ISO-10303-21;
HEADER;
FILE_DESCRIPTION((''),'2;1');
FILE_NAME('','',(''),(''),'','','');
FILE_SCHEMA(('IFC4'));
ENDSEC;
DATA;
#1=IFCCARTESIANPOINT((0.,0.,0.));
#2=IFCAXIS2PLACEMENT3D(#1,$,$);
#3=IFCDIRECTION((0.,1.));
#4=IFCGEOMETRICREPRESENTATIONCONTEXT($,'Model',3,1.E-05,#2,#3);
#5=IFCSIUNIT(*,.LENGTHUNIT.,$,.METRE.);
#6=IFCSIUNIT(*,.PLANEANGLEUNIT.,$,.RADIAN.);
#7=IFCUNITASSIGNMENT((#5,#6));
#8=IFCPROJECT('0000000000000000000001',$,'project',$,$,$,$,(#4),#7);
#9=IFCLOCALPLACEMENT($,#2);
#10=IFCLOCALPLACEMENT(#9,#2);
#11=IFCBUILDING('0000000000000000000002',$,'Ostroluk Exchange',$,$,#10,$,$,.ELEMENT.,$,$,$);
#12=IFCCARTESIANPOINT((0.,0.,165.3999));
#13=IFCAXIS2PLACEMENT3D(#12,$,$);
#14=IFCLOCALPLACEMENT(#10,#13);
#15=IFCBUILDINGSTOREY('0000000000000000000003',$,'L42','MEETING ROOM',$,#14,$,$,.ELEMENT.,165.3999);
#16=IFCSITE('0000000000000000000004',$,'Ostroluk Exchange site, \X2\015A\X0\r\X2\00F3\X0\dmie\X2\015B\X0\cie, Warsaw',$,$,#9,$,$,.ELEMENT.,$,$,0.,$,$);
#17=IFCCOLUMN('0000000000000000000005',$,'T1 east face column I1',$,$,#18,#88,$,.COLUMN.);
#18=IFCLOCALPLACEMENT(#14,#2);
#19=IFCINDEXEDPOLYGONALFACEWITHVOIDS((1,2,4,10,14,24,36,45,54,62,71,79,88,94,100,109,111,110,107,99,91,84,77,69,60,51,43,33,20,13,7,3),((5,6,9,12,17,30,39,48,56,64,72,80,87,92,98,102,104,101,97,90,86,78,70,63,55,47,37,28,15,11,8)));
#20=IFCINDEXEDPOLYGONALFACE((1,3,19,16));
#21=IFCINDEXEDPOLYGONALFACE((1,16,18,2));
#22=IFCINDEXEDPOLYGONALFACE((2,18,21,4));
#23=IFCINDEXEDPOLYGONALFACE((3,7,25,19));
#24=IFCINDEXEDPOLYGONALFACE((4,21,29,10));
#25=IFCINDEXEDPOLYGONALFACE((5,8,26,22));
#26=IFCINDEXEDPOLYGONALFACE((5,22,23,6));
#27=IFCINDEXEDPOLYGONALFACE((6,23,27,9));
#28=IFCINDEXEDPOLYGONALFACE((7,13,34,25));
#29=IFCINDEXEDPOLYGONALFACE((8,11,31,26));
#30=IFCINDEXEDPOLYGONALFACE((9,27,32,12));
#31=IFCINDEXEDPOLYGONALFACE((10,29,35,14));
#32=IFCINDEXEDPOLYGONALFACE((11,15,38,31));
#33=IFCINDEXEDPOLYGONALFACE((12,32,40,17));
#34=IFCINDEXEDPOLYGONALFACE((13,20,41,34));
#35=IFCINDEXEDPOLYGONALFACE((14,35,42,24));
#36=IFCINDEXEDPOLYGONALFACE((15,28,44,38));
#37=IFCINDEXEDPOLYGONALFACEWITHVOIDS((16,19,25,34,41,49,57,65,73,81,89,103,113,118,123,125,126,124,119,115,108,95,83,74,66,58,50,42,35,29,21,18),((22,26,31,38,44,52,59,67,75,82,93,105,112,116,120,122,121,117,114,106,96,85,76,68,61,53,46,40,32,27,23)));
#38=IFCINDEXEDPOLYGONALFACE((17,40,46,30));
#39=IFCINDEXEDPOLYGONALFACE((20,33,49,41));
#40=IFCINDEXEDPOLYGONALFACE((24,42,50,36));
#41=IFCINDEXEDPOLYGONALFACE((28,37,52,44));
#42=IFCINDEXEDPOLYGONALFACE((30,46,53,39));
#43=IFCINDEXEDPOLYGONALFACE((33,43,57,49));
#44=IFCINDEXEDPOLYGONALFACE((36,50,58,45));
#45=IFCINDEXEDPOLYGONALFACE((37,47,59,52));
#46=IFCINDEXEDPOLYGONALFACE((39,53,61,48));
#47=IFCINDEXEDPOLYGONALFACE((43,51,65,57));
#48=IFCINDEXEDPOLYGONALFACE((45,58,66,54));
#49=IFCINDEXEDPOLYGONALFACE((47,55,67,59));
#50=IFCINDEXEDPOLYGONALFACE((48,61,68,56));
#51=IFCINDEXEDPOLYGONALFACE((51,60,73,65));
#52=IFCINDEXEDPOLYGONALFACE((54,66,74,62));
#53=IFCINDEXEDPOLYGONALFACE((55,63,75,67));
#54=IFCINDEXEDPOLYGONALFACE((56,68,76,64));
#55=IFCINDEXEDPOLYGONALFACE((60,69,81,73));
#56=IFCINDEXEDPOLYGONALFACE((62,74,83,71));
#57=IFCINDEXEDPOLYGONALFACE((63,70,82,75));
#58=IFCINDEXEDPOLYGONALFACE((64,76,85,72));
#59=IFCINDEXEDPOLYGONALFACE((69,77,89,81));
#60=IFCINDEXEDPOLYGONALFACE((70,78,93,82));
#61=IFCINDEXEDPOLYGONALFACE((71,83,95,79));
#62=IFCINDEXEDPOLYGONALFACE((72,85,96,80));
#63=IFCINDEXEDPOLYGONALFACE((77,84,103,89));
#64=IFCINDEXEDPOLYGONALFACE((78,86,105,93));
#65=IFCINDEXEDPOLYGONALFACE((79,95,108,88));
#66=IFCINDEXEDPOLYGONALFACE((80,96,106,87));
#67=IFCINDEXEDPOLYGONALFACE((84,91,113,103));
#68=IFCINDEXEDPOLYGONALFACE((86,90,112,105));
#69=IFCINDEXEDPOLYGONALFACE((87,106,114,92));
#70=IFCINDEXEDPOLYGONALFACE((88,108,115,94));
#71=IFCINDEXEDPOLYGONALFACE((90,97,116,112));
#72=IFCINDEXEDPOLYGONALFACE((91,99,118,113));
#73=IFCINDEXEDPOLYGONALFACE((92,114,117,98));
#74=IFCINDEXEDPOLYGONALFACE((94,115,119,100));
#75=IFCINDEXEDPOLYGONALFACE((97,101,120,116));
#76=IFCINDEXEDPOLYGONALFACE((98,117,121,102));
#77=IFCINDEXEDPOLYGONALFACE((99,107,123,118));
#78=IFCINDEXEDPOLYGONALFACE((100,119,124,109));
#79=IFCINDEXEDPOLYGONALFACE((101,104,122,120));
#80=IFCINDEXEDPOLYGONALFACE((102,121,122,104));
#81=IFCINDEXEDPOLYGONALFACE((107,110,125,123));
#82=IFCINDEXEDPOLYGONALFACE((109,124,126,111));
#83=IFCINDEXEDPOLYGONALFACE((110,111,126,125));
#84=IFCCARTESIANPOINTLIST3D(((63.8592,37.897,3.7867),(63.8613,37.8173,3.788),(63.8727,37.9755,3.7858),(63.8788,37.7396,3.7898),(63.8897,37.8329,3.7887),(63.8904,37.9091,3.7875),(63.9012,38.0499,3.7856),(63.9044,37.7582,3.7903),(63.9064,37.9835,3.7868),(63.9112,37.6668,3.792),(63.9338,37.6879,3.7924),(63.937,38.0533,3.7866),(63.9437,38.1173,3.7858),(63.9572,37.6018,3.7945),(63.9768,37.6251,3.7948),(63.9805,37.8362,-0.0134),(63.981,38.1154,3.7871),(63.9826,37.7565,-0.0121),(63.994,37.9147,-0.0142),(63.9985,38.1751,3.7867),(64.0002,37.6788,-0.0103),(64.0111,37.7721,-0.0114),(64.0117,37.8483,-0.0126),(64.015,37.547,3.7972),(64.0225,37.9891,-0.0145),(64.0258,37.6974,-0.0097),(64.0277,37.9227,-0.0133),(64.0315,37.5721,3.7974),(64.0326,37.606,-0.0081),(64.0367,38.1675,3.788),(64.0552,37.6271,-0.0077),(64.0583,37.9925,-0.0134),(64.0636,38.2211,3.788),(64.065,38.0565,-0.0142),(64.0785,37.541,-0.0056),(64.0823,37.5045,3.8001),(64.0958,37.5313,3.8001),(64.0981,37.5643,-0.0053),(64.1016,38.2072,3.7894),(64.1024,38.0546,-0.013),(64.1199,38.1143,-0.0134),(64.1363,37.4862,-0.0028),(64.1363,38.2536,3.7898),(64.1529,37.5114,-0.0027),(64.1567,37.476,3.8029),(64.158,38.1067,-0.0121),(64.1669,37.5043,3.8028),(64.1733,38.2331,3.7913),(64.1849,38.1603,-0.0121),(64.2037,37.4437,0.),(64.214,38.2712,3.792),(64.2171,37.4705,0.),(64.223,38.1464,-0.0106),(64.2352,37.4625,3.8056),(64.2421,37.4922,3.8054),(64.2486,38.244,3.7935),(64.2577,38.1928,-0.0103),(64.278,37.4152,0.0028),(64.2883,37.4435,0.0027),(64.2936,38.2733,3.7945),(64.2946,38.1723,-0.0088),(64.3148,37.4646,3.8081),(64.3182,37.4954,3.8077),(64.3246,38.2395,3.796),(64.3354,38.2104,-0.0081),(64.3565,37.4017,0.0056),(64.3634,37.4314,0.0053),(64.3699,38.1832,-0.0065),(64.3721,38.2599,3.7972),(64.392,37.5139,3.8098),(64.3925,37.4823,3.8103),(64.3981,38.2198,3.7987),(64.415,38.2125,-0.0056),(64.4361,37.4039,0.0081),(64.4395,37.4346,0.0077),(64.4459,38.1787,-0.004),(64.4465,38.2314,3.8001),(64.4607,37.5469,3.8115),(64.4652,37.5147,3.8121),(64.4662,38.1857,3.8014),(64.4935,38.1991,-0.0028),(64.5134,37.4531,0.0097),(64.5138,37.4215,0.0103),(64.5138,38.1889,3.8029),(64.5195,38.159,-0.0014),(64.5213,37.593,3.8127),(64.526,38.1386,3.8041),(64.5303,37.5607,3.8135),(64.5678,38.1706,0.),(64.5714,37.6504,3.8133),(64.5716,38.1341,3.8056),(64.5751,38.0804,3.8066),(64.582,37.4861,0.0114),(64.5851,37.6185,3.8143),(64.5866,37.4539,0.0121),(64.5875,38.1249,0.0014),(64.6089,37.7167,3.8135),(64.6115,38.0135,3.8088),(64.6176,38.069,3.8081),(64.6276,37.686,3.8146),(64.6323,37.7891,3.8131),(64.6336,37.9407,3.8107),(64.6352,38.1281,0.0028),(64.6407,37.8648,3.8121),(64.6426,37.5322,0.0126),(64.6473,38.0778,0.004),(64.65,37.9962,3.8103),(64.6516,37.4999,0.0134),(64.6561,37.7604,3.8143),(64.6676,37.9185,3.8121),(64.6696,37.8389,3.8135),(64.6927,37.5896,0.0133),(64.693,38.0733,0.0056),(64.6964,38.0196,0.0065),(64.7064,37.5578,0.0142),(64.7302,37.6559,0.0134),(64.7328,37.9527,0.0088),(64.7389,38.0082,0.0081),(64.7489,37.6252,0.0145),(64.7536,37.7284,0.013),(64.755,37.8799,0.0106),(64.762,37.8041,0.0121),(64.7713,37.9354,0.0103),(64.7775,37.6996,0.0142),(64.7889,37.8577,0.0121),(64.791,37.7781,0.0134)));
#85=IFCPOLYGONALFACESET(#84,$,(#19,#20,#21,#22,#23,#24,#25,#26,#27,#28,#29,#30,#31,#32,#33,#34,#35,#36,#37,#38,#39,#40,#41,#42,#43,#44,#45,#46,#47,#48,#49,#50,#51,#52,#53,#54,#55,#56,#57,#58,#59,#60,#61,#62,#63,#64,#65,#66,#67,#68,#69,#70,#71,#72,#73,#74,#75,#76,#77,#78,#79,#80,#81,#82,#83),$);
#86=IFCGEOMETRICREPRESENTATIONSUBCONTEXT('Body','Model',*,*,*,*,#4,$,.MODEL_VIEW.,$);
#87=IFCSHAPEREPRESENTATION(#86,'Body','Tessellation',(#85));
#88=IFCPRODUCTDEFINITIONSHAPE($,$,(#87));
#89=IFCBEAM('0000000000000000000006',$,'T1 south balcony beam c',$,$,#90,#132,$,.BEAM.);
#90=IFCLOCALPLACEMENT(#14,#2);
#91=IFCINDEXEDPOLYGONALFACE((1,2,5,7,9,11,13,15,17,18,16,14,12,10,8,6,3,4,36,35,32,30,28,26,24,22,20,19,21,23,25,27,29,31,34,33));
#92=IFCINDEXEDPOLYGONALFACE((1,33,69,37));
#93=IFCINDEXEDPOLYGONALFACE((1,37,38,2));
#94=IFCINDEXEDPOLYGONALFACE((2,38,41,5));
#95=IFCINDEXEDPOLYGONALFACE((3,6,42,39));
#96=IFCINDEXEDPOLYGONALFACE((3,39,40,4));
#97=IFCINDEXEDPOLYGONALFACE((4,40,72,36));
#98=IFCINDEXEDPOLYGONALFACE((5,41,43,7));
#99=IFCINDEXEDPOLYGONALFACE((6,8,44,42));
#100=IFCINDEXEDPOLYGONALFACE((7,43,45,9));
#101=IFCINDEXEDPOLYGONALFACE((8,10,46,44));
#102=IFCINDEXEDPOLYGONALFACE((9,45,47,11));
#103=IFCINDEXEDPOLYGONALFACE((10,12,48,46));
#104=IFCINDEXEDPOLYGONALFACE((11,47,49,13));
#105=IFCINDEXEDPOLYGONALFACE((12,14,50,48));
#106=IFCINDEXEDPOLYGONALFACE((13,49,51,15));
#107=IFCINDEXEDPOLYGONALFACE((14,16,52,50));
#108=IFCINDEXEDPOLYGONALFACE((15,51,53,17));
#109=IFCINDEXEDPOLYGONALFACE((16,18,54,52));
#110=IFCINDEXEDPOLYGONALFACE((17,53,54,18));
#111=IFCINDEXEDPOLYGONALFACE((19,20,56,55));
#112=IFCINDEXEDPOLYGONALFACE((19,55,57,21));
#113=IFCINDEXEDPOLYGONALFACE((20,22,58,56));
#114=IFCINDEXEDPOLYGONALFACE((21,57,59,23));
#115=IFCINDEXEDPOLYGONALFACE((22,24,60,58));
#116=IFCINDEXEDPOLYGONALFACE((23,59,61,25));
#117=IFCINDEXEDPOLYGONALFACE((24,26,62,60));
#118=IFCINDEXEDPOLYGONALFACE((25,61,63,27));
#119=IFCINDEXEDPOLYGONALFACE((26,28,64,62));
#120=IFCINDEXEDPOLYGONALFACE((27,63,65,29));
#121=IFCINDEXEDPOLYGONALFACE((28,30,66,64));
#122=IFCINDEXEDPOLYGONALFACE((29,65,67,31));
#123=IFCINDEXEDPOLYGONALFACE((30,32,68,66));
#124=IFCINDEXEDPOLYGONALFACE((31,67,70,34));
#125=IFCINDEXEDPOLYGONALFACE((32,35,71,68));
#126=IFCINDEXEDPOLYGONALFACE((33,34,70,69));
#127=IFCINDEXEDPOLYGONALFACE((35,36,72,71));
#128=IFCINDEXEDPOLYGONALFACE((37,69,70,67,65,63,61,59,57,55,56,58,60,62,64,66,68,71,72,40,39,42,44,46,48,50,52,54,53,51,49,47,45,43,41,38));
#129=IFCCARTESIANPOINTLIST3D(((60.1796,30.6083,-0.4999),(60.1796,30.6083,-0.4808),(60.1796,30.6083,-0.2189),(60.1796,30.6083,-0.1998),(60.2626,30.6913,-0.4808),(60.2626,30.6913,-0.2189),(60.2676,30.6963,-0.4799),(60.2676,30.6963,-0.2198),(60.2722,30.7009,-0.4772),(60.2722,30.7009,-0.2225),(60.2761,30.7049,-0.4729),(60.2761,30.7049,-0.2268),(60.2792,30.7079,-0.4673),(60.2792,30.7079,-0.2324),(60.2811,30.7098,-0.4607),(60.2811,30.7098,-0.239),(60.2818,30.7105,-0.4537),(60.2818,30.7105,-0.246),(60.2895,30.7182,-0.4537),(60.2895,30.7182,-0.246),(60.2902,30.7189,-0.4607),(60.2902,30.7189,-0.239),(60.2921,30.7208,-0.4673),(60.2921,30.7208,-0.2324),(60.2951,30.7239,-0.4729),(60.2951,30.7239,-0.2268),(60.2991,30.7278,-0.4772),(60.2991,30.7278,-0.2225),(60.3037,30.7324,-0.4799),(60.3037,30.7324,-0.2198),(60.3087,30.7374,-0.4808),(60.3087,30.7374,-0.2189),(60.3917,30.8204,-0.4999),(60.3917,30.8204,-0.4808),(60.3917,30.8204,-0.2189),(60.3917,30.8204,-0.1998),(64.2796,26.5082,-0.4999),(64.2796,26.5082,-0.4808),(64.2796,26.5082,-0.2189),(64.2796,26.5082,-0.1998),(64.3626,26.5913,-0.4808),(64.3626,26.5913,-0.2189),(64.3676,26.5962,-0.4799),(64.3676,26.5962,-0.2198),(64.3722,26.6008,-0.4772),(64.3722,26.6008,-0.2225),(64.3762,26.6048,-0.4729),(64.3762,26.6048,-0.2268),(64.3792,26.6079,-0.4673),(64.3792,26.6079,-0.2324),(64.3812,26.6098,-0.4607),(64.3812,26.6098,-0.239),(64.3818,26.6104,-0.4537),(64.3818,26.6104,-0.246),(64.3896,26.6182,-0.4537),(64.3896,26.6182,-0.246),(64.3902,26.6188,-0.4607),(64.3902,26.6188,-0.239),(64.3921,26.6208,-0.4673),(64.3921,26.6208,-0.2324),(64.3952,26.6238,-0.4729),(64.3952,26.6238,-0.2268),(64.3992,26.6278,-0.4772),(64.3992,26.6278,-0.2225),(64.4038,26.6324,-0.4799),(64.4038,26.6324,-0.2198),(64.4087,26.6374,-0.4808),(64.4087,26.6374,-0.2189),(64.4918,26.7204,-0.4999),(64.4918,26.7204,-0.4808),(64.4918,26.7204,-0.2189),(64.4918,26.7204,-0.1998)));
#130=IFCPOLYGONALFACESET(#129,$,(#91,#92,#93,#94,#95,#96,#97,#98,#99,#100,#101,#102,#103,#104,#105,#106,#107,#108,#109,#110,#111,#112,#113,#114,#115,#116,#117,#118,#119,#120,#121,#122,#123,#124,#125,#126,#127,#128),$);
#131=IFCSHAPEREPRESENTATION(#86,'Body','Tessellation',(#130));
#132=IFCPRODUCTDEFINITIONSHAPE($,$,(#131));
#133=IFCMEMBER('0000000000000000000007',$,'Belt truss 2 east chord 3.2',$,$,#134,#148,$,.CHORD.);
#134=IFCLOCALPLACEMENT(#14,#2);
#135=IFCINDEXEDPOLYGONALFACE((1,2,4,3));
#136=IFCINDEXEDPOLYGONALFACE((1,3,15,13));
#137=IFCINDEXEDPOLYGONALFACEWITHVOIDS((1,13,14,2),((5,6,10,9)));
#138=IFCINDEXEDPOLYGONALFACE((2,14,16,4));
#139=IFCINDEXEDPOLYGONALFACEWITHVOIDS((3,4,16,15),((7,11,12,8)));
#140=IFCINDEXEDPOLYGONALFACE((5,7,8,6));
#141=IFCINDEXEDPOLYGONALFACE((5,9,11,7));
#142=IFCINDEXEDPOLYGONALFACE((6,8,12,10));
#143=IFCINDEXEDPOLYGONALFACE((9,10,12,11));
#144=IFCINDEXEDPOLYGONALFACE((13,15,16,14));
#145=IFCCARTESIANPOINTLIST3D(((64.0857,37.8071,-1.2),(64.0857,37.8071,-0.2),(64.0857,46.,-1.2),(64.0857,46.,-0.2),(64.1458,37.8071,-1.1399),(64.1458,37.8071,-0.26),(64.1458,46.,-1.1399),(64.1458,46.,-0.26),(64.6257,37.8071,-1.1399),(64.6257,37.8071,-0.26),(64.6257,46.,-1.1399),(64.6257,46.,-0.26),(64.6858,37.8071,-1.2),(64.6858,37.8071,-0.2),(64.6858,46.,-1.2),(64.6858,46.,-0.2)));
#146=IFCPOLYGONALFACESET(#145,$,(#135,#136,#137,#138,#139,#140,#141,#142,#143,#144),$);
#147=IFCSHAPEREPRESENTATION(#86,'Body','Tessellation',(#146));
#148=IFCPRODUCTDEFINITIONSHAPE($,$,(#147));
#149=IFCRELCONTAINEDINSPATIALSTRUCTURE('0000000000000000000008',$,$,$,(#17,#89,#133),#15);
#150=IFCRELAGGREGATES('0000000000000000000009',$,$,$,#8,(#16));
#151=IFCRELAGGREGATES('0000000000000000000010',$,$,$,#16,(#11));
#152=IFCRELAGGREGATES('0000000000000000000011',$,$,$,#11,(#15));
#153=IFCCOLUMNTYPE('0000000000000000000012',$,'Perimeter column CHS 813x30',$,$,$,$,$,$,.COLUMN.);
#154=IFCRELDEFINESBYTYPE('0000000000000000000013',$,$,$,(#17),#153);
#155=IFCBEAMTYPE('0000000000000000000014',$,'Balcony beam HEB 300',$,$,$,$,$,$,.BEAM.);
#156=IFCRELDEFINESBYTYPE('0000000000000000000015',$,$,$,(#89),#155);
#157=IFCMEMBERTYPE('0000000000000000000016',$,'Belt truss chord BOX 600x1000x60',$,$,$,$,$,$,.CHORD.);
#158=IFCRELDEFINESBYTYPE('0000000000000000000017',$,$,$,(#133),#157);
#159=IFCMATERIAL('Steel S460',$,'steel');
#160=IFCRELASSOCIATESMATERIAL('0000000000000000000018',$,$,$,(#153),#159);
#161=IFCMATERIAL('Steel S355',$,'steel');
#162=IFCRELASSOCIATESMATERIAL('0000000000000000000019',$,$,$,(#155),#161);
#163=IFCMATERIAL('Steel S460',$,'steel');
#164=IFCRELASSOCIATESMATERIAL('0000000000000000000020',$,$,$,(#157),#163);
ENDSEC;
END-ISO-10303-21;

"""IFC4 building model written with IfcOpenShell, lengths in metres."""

from ifc_helpers import new_model, si_unit, direction, frame, origin, origin_2d, place, context, subcontext, project, spatial, hollow_rectangle, hollow_circle, i_section, extrude, material, material_profile, profile_set, type_object, element, save


model = new_model("IFC4")

# Units and contexts
model_context = context("Model", 3, precision=1e-05, world=origin(), true_north=direction((0.0, 1.0)))
body_context = subcontext(model_context, "Body", "Model", "MODEL_VIEW")
ifc_project = project(units=[si_unit("LENGTHUNIT", "METRE"), si_unit("PLANEANGLEUNIT", "RADIAN")], contexts=[model_context])

# Site, building, storey
site_placement = place(None, origin())
site = spatial("IfcSite", under=ifc_project, at=site_placement, Name="Ostroluk Exchange site, Śródmieście, Warsaw", CompositionType="ELEMENT", RefElevation=0.0)
building_placement = place(site_placement, origin())
building = spatial("IfcBuilding", under=site, at=building_placement, Name="Ostroluk Exchange", CompositionType="ELEMENT")
storey_placement = place(building_placement, frame((0.0, 0.0, 165.3999)))
storey = spatial("IfcBuildingStorey", under=building, at=storey_placement, Name="L42", Description="MEETING ROOM", CompositionType="ELEMENT", Elevation=165.3999)

# Column
ifc_material_1 = material(Name="Steel S460", Category="steel")
ifc_material_profile_1 = material_profile(ifc_material_1, hollow_circle(Radius=0.4065, WallThickness=0.03, at=origin_2d()), Name="CHS 813x30")
ifc_profile_set_1 = profile_set([ifc_material_profile_1], Name="Steel S460")
column_type = type_object("IfcColumnType", Name="Perimeter column CHS 813x30", PredefinedType="COLUMN", material=ifc_profile_set_1)
column_placement = place(storey_placement, frame((64.3857, 37.8071, 0.0), z_axis=(-0.03191, 0.015987, 0.999363), x_axis=(-0.447933, -0.894067, 0.0)))
element("IfcColumn", 1, at=column_placement, inside=storey, type_object=column_type, Name="T1 east face column I1", PredefinedType="COLUMN", context=body_context, shape_type="SweptSolid", body=[
    extrude(hollow_circle(Radius=0.4065, WallThickness=0.03, at=origin_2d()), origin(), (0.0, 0.0, 1.0), 3.8025),
])

# Beam
ifc_material_2 = material(Name="Steel S355", Category="steel")
ifc_material_profile_2 = material_profile(ifc_material_2, i_section(OverallWidth=0.3, OverallDepth=0.3, WebThickness=0.011, FlangeThickness=0.019, FilletRadius=0.0271, at=origin_2d()), Name="HEB 300")
ifc_profile_set_2 = profile_set([ifc_material_profile_2], Name="Steel S355")
beam_type_1 = type_object("IfcBeamType", Name="Balcony beam HEB 300", PredefinedType="BEAM", material=ifc_profile_set_2)
beam_1_placement = place(storey_placement, frame((60.2856, 30.7144, -0.3499), z_axis=(0.707107, -0.707107, 0.0), x_axis=(0.707107, 0.707107, 0.0)))
element("IfcBeam", 2, at=beam_1_placement, inside=storey, type_object=beam_type_1, Name="T1 south balcony beam c", PredefinedType="BEAM", context=body_context, shape_type="SweptSolid", body=[
    extrude(i_section(OverallWidth=0.3, OverallDepth=0.3, WebThickness=0.011, FlangeThickness=0.019, FilletRadius=0.0271, at=origin_2d()), origin(), (0.0, 0.0, 1.0), 5.7983),
])

# Member
ifc_material_3 = material(Name="Steel S460", Category="steel")
ifc_material_profile_3 = material_profile(ifc_material_3, hollow_rectangle(XDim=0.6001, YDim=1.0, WallThickness=0.0601, at=origin_2d()), Name="BOX 600x1000x60")
ifc_profile_set_3 = profile_set([ifc_material_profile_3], Name="Steel S460")
member_type_1 = type_object("IfcMemberType", Name="Belt truss chord BOX 600x1000x60", PredefinedType="CHORD", material=ifc_profile_set_3)
member_1_placement = place(storey_placement, frame((64.3857, 37.8071, -0.7), z_axis=(0.0, 1.0, 0.0), x_axis=(-1.0, 0.0, 0.0)))
element("IfcMember", 3, at=member_1_placement, inside=storey, type_object=member_type_1, Name="Belt truss 2 east chord 3.2", PredefinedType="CHORD", context=body_context, shape_type="SweptSolid", body=[
    extrude(hollow_rectangle(XDim=0.6001, YDim=1.0, WallThickness=0.0601, at=origin_2d()), origin(), (0.0, 0.0, 1.0), 8.1929),
])

save(model, "model.ifc")
